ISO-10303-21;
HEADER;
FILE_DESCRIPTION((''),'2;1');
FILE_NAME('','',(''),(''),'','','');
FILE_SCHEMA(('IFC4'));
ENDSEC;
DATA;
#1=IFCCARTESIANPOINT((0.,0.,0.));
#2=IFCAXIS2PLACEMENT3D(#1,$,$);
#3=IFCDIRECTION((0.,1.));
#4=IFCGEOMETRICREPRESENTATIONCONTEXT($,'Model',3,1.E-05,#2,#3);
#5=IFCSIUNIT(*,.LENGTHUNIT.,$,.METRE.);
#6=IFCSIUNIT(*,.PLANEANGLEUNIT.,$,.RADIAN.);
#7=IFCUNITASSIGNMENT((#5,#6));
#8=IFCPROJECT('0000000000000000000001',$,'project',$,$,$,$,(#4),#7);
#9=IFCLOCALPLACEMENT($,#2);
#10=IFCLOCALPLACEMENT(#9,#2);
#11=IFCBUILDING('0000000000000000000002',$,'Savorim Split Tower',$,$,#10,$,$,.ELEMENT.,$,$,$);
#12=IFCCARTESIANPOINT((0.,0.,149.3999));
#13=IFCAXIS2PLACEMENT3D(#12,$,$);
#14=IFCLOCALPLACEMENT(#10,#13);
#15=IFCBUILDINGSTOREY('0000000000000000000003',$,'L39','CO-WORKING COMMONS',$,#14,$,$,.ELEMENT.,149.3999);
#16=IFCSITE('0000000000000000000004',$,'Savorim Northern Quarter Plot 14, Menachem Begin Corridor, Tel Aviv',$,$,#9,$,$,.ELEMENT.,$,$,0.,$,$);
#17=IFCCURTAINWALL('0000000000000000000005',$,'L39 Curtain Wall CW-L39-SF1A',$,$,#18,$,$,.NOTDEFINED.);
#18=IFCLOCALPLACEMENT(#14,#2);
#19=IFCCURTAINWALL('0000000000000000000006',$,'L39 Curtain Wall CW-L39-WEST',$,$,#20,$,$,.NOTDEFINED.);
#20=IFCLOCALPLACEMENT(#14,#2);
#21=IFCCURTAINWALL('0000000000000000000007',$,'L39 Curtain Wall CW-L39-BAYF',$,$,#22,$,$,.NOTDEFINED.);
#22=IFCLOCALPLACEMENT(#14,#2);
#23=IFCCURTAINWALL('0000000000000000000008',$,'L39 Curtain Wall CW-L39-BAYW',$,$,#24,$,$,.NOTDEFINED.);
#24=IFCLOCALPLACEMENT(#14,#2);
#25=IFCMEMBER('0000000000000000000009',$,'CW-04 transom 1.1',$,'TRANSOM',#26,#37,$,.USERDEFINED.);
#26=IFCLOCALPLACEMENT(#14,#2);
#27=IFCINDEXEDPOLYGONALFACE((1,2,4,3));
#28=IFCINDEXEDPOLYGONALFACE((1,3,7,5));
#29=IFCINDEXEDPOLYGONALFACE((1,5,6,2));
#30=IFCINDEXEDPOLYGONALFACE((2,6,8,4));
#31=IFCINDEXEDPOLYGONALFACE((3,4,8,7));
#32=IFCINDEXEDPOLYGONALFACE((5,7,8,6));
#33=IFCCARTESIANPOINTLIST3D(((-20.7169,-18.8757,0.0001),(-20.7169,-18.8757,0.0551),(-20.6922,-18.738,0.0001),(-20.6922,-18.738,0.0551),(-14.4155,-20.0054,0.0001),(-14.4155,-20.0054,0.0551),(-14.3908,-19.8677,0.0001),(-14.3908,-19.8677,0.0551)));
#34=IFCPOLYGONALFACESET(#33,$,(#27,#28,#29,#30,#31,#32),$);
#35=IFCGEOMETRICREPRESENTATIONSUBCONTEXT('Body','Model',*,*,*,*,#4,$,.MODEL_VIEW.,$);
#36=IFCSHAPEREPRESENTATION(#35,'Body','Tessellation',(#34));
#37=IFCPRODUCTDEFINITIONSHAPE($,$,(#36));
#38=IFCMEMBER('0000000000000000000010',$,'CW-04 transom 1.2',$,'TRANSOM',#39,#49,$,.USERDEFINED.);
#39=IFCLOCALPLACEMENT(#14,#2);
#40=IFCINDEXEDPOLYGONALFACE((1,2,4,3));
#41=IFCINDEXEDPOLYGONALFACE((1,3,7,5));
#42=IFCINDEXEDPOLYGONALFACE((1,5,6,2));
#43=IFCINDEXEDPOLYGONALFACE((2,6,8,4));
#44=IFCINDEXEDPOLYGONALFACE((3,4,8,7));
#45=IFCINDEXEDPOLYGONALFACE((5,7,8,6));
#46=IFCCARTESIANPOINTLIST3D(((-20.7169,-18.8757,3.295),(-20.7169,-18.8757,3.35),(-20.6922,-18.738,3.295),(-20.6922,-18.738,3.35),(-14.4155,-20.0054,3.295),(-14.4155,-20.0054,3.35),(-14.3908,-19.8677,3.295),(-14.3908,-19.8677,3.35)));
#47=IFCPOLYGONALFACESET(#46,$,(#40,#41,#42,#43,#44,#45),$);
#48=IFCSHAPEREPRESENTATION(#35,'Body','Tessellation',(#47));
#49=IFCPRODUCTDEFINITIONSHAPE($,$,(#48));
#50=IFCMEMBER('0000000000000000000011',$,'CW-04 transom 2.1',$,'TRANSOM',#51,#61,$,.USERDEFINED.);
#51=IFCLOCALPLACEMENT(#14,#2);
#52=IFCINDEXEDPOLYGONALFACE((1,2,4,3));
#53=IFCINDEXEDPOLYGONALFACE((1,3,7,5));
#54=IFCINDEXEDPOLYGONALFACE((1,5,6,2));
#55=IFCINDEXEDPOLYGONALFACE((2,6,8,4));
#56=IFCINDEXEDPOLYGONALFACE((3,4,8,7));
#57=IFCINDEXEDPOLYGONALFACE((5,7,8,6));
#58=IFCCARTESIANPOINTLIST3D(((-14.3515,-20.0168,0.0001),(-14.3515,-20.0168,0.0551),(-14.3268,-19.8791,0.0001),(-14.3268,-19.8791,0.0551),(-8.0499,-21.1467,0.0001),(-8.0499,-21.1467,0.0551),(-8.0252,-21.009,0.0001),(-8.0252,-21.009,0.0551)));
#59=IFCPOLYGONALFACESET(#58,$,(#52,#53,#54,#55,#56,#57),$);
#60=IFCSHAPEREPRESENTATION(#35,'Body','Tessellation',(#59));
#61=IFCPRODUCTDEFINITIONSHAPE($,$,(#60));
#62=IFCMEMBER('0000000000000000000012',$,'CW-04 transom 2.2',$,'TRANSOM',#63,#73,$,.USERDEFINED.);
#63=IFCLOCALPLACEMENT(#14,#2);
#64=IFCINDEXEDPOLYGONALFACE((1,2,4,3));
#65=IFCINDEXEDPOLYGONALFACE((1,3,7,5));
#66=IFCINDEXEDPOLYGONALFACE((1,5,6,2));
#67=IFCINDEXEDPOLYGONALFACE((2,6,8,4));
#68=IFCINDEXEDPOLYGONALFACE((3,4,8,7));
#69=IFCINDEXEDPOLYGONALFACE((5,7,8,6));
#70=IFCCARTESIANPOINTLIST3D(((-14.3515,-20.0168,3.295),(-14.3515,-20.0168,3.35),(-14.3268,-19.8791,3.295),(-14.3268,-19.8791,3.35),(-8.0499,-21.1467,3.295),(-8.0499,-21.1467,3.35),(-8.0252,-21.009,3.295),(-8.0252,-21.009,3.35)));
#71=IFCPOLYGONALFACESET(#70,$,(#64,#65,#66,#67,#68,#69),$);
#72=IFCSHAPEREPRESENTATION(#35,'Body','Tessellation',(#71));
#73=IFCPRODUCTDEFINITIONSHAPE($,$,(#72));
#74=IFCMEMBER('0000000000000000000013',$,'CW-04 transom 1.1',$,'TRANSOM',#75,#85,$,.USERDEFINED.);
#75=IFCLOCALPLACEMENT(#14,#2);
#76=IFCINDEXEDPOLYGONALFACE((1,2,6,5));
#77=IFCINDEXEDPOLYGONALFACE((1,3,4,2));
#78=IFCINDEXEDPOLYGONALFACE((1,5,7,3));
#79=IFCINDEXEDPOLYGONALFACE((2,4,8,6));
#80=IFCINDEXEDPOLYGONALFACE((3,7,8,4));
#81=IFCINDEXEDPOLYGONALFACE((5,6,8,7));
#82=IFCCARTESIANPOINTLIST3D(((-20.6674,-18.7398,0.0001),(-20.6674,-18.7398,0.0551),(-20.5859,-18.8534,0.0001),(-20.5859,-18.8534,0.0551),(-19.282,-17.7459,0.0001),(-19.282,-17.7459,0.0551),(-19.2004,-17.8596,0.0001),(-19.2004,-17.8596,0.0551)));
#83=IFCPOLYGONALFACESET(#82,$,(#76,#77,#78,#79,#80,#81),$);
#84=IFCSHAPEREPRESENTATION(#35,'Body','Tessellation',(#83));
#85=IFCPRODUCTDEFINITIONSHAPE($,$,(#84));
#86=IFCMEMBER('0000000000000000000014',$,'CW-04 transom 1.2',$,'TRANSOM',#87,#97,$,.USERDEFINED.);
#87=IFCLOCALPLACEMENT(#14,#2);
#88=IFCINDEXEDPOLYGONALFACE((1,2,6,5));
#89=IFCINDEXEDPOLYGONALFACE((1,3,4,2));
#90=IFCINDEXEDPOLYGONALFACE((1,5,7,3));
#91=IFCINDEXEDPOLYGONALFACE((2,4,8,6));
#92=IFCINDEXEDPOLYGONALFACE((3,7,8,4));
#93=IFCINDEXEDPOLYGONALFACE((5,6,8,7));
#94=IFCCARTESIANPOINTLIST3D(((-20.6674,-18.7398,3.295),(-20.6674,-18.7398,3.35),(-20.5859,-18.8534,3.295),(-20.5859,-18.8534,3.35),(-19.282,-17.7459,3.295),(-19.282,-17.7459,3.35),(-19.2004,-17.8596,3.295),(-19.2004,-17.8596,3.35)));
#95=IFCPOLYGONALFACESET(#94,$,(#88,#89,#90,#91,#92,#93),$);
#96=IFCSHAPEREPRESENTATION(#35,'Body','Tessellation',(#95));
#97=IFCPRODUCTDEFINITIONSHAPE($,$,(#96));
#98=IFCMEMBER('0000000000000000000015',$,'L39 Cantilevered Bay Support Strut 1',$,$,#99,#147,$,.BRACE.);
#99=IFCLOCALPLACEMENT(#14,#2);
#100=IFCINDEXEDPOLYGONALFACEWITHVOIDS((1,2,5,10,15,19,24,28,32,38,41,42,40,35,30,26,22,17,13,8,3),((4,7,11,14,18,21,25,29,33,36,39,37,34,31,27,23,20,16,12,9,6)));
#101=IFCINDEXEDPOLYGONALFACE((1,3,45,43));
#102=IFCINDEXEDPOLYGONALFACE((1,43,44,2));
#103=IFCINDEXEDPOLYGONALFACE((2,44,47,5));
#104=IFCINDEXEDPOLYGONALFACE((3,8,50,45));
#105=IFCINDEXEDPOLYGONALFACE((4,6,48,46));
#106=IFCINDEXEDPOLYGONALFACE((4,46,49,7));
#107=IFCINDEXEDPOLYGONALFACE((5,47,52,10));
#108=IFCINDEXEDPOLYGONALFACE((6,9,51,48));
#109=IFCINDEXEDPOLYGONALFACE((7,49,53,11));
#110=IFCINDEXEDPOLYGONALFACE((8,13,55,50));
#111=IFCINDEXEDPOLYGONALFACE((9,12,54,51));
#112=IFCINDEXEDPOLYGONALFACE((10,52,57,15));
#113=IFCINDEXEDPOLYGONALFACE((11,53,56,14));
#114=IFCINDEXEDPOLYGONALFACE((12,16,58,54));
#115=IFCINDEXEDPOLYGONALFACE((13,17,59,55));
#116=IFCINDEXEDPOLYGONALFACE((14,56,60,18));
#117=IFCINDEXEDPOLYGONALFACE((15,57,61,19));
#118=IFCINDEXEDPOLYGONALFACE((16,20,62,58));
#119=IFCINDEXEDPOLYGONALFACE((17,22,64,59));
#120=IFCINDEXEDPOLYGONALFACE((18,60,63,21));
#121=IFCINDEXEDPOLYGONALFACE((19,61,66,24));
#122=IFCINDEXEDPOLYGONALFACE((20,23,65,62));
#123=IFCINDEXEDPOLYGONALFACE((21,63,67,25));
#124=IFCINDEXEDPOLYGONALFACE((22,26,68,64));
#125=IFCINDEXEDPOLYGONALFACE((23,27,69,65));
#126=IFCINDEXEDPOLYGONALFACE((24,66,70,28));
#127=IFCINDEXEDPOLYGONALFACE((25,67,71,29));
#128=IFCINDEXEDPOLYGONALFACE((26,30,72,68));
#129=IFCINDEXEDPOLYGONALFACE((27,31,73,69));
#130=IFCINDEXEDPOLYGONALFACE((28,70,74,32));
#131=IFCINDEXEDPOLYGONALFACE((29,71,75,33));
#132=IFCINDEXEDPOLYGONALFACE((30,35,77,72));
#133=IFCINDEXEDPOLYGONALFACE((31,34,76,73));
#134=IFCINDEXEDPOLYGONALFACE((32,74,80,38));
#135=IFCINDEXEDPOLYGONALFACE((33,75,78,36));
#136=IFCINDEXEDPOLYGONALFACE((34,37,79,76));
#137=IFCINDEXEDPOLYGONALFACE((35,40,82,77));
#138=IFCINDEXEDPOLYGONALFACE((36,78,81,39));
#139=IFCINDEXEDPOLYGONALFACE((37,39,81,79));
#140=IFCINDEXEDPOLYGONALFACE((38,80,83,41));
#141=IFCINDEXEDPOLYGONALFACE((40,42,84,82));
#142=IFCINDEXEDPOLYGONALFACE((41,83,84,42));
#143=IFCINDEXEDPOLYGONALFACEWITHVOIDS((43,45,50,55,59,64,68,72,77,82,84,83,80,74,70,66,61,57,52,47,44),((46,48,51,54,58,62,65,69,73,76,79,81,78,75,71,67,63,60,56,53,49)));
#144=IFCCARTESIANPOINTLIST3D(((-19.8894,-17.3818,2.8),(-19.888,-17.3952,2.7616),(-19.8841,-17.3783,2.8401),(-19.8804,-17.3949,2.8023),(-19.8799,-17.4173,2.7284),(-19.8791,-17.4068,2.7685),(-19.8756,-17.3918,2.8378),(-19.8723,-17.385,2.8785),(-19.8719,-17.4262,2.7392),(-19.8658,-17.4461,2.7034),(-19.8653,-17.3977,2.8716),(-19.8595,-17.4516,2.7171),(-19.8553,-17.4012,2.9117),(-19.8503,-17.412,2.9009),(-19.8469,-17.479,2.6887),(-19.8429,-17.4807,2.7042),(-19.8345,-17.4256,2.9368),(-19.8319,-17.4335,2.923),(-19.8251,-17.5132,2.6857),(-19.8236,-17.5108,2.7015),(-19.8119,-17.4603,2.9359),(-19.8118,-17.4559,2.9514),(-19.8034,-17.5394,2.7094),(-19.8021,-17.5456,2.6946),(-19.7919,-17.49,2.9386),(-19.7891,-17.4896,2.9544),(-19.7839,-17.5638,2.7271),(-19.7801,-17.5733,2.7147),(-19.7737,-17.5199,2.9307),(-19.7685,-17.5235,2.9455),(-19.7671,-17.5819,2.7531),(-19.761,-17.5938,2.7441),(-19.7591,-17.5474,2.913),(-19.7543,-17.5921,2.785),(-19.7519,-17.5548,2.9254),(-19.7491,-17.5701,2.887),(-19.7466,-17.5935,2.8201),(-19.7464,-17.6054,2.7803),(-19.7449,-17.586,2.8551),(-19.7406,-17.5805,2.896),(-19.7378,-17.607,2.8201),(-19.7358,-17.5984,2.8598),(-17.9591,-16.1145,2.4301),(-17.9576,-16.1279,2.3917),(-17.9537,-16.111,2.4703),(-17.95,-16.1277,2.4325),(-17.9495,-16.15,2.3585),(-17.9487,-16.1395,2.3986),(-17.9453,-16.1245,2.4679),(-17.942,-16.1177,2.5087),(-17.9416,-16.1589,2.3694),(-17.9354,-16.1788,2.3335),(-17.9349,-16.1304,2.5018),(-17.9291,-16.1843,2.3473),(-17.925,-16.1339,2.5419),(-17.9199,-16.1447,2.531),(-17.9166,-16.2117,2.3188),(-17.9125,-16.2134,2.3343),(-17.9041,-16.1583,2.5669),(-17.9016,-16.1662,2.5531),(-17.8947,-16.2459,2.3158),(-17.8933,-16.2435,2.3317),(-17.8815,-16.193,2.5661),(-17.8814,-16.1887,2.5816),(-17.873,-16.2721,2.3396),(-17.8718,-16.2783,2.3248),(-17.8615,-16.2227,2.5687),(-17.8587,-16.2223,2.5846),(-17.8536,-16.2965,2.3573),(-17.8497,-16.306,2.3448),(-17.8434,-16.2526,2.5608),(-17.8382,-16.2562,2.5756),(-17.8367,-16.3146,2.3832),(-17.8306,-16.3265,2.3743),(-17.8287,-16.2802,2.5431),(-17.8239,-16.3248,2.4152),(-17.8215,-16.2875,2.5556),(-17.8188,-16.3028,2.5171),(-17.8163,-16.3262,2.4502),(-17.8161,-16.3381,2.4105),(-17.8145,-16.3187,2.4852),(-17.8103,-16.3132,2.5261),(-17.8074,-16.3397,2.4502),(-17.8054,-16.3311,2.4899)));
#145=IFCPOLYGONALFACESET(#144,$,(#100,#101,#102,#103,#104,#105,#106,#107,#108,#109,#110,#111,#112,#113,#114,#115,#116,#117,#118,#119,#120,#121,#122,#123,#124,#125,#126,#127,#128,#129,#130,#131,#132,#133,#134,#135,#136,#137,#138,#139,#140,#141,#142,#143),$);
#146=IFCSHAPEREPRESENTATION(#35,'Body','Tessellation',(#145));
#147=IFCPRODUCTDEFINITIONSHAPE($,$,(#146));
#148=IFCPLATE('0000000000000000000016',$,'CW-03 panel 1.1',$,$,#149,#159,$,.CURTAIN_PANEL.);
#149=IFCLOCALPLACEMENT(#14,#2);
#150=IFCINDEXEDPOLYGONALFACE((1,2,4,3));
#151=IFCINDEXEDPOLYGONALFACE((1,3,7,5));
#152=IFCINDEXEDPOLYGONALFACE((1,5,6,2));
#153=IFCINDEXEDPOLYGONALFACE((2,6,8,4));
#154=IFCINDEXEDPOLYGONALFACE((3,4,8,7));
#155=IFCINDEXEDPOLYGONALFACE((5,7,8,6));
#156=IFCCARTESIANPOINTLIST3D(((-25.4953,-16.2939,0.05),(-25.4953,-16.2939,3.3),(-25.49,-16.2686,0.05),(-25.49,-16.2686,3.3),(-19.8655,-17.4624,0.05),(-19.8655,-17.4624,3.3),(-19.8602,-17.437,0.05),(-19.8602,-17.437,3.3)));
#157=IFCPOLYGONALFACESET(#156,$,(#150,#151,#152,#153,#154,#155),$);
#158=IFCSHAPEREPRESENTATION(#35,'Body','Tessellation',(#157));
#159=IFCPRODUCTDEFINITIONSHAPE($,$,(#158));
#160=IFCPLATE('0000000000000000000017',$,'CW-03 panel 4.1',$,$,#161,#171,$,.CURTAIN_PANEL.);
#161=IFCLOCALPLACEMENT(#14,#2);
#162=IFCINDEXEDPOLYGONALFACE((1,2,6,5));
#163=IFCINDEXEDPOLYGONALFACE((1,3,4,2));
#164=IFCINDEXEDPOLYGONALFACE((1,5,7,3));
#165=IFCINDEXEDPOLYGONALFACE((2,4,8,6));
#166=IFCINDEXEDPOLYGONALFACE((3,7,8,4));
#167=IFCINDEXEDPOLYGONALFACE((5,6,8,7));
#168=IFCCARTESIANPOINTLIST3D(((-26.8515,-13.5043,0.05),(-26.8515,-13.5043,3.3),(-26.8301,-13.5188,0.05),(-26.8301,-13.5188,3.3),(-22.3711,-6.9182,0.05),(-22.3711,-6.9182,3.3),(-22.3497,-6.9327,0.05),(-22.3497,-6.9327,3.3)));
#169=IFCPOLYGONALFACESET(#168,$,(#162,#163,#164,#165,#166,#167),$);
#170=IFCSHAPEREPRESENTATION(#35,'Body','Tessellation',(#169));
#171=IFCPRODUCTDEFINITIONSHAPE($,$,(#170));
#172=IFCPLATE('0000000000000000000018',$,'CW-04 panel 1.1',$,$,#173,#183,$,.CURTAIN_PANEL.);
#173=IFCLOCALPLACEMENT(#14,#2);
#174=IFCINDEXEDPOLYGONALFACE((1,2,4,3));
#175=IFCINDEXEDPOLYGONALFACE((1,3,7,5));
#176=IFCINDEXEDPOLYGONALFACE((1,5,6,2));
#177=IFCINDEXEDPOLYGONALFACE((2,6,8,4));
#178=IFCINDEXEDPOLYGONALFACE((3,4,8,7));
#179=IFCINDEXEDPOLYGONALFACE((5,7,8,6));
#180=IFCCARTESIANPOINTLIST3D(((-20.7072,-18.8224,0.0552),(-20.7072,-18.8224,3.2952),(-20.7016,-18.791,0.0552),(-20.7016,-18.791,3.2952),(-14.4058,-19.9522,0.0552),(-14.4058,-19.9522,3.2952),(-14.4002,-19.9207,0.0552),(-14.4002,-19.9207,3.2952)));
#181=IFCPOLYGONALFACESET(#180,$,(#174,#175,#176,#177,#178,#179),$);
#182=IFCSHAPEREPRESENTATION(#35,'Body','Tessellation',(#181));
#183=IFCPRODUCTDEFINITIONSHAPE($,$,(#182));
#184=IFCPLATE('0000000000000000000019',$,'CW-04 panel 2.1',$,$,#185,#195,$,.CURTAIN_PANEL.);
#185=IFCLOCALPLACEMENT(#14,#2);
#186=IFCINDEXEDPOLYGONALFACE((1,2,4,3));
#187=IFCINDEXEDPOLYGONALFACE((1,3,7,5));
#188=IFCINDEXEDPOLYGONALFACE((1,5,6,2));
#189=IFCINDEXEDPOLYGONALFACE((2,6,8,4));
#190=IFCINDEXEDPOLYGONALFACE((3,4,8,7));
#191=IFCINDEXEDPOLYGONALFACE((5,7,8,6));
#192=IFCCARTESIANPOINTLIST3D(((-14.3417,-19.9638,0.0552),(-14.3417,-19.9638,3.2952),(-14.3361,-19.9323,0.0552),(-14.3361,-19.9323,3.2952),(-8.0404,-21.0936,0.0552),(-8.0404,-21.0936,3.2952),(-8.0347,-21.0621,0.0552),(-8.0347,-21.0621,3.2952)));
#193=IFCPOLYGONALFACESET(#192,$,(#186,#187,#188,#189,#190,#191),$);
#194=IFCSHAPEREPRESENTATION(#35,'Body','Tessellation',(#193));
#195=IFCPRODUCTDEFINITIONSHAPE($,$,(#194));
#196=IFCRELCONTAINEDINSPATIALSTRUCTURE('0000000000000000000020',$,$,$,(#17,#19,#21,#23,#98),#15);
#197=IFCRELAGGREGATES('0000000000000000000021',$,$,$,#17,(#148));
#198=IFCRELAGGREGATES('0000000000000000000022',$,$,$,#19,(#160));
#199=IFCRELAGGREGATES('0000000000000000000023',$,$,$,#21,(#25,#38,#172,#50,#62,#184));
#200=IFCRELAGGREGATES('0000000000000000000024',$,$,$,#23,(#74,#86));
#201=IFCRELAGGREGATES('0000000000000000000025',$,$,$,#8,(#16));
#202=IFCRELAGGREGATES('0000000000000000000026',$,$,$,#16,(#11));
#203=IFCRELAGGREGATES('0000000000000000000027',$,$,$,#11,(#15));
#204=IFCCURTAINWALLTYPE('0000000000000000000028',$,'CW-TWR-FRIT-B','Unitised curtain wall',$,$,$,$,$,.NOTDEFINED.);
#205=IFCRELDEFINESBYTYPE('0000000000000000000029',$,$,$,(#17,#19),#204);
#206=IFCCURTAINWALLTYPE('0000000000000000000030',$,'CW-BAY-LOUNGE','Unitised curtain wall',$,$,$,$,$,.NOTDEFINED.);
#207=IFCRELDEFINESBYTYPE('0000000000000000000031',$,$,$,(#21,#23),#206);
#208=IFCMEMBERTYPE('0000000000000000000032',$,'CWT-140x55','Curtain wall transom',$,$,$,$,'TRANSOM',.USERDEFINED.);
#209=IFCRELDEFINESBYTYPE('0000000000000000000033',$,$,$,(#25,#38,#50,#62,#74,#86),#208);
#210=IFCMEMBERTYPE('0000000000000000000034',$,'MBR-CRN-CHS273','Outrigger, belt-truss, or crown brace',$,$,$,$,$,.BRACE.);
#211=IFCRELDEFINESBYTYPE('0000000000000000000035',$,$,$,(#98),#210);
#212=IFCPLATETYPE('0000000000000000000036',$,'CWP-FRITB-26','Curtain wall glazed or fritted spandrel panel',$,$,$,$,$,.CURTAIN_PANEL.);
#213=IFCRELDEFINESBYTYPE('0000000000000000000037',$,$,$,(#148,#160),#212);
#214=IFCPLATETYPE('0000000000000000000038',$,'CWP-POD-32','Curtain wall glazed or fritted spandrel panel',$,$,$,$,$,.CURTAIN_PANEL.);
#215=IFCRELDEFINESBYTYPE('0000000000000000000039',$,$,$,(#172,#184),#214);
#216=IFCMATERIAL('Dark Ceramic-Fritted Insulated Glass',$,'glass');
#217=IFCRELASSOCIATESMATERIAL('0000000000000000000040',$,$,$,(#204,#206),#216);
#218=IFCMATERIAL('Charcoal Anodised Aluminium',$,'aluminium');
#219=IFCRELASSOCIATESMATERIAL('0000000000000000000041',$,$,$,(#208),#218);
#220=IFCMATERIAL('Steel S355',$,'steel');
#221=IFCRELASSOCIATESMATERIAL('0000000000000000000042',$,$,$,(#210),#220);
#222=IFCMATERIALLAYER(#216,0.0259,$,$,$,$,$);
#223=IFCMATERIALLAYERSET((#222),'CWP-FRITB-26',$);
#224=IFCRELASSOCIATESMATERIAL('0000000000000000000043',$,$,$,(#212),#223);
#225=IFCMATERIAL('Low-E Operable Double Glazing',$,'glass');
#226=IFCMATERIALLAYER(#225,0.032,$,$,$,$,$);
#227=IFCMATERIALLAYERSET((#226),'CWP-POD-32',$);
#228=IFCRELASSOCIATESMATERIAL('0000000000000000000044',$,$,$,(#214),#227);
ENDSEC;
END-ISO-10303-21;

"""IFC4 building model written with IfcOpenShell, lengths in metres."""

from ifc_helpers import new_model, si_unit, direction, frame, origin, origin_2d, place, context, subcontext, project, spatial, rectangle, hollow_circle, extrude, material, layer, layer_set, material_profile, profile_set, type_object, element, aggregate, save


model = new_model("IFC4")

# Units and contexts
model_context = context("Model", 3, precision=1e-05, world=origin(), true_north=direction((0.0, 1.0)))
body_context = subcontext(model_context, "Body", "Model", "MODEL_VIEW")
ifc_project = project(units=[si_unit("LENGTHUNIT", "METRE"), si_unit("PLANEANGLEUNIT", "RADIAN")], contexts=[model_context])

# Site, building, storey
site_placement = place(None, origin())
site = spatial("IfcSite", under=ifc_project, at=site_placement, Name="Savorim Northern Quarter Plot 14, Menachem Begin Corridor, Tel Aviv", CompositionType="ELEMENT", RefElevation=0.0)
building_placement = place(site_placement, origin())
building = spatial("IfcBuilding", under=site, at=building_placement, Name="Savorim Split Tower", CompositionType="ELEMENT")
storey_placement = place(building_placement, frame((0.0, 0.0, 149.3999)))
storey = spatial("IfcBuildingStorey", under=building, at=storey_placement, Name="L39", Description="CO-WORKING COMMONS", CompositionType="ELEMENT", Elevation=149.3999)

# Shared definitions
ifc_material_1 = material(Name="Steel S355", Category="steel")

# Curtain wall
ifc_material_2 = material(Name="Dark Ceramic-Fritted Insulated Glass", Category="glass")
curtain_wall_type_1 = type_object("IfcCurtainWallType", Name="CW-TWR-FRIT-B", Description="Unitised curtain wall", PredefinedType="NOTDEFINED", material=ifc_material_2)
curtain_wall_1_placement = place(storey_placement, origin())
curtain_wall_1 = element("IfcCurtainWall", 1, at=curtain_wall_1_placement, inside=storey, type_object=curtain_wall_type_1, Name="L39 Curtain Wall CW-L39-SF1A", PredefinedType="NOTDEFINED")
ifc_material_3 = material(Name="Charcoal Anodised Aluminium", Category="aluminium")

# Curtain wall
curtain_wall_2_placement = place(storey_placement, origin())
curtain_wall_2 = element("IfcCurtainWall", 2, at=curtain_wall_2_placement, inside=storey, type_object=curtain_wall_type_1, Name="L39 Curtain Wall CW-L39-WEST", PredefinedType="NOTDEFINED")

# Curtain walls
curtain_wall_type_2 = type_object("IfcCurtainWallType", Name="CW-BAY-LOUNGE", Description="Unitised curtain wall", PredefinedType="NOTDEFINED", material=ifc_material_2)
curtain_wall_3_placement = place(storey_placement, origin())
curtain_wall_3 = element("IfcCurtainWall", 3, at=curtain_wall_3_placement, inside=storey, type_object=curtain_wall_type_2, Name="L39 Curtain Wall CW-L39-BAYF", PredefinedType="NOTDEFINED")
curtain_wall_4_placement = place(storey_placement, origin())
curtain_wall_4 = element("IfcCurtainWall", 4, at=curtain_wall_4_placement, inside=storey, type_object=curtain_wall_type_2, Name="L39 Curtain Wall CW-L39-BAYW", PredefinedType="NOTDEFINED")

# Members
ifc_material_profile_1 = material_profile(ifc_material_3, rectangle(XDim=0.1399, YDim=0.0549, at=origin_2d()), Name="ALU-T 140x55")
ifc_profile_set_1 = profile_set([ifc_material_profile_1], Name="Charcoal Anodised Aluminium")
member_type_1 = type_object("IfcMemberType", Name="CWT-140x55", Description="Curtain wall transom", ElementType="TRANSOM", PredefinedType="USERDEFINED", material=ifc_profile_set_1)
member_1_placement = place(storey_placement, frame((-20.7046, -18.8069, 0.0276), z_axis=(0.984309, -0.176452, 0.0), x_axis=(0.176452, 0.984309, 0.0)))
member_1 = element("IfcMember", 5, at=member_1_placement, type_object=member_type_1, Name="CW-04 transom 1.1", ObjectType="TRANSOM", PredefinedType="USERDEFINED", context=body_context, shape_type="SweptSolid", body=[
    extrude(rectangle(XDim=0.1399, YDim=0.0549, at=origin_2d()), origin(), (0.0, 0.0, 1.0), 6.4019),
])
member_2_placement = place(storey_placement, frame((-20.7046, -18.8069, 3.3225), z_axis=(0.984309, -0.176452, 0.0), x_axis=(0.176452, 0.984309, 0.0)))
member_2 = element("IfcMember", 6, at=member_2_placement, type_object=member_type_1, Name="CW-04 transom 1.2", ObjectType="TRANSOM", PredefinedType="USERDEFINED", context=body_context, shape_type="SweptSolid", body=[
    extrude(rectangle(XDim=0.1399, YDim=0.0549, at=origin_2d()), origin(), (0.0, 0.0, 1.0), 6.4019),
])
member_3_placement = place(storey_placement, frame((-14.3391, -19.948, 0.0276), z_axis=(0.984303, -0.176489, 0.0), x_axis=(0.176489, 0.984303, 0.0)))
member_3 = element("IfcMember", 7, at=member_3_placement, type_object=member_type_1, Name="CW-04 transom 2.1", ObjectType="TRANSOM", PredefinedType="USERDEFINED", context=body_context, shape_type="SweptSolid", body=[
    extrude(rectangle(XDim=0.1399, YDim=0.0549, at=origin_2d()), origin(), (0.0, 0.0, 1.0), 6.4021),
])
member_4_placement = place(storey_placement, frame((-14.3391, -19.948, 3.3225), z_axis=(0.984303, -0.176489, 0.0), x_axis=(0.176489, 0.984303, 0.0)))
member_4 = element("IfcMember", 8, at=member_4_placement, type_object=member_type_1, Name="CW-04 transom 2.2", ObjectType="TRANSOM", PredefinedType="USERDEFINED", context=body_context, shape_type="SweptSolid", body=[
    extrude(rectangle(XDim=0.1399, YDim=0.0549, at=origin_2d()), origin(), (0.0, 0.0, 1.0), 6.4021),
])
member_5_placement = place(storey_placement, frame((-19.2412, -17.8027, 0.0276), z_axis=(-0.812552, -0.582889, 0.0), x_axis=(0.582889, -0.812552, 0.0)))
member_5 = element("IfcMember", 9, at=member_5_placement, type_object=member_type_1, Name="CW-04 transom 1.1", ObjectType="TRANSOM", PredefinedType="USERDEFINED", context=body_context, shape_type="SweptSolid", body=[
    extrude(rectangle(XDim=0.1399, YDim=0.0549, at=origin_2d()), origin(), (0.0, 0.0, 1.0), 1.7051),
])
member_6_placement = place(storey_placement, frame((-19.2412, -17.8027, 3.3225), z_axis=(-0.812552, -0.582889, 0.0), x_axis=(0.582889, -0.812552, 0.0)))
member_6 = element("IfcMember", 10, at=member_6_placement, type_object=member_type_1, Name="CW-04 transom 1.2", ObjectType="TRANSOM", PredefinedType="USERDEFINED", context=body_context, shape_type="SweptSolid", body=[
    extrude(rectangle(XDim=0.1399, YDim=0.0549, at=origin_2d()), origin(), (0.0, 0.0, 1.0), 1.7051),
])
ifc_material_profile_2 = material_profile(ifc_material_1, hollow_circle(Radius=0.1365, WallThickness=0.0161, at=origin_2d()), Name="CHS 273x16")
ifc_profile_set_2 = profile_set([ifc_material_profile_2], Name="Steel S355")
member_type_2 = type_object("IfcMemberType", Name="MBR-CRN-CHS273", Description="Outrigger, belt-truss, or crown brace", PredefinedType="BRACE", material=ifc_profile_set_2)
member_7_placement = place(storey_placement, frame((-17.8823, -16.2256, 2.4502), z_axis=(-0.825429, -0.5419, 0.158154), x_axis=(0.548807, -0.835949, 0.0)))
element("IfcMember", 11, at=member_7_placement, inside=storey, type_object=member_type_2, Name="L39 Cantilevered Bay Support Strut 1", PredefinedType="BRACE", context=body_context, shape_type="SweptSolid", body=[
    extrude(hollow_circle(Radius=0.1365, WallThickness=0.0161, at=origin_2d()), origin(), (0.0, 0.0, 1.0), 2.3386),
])

# Plates
ifc_layer_1 = layer(ifc_material_2, 0.0259)
ifc_layer_set_1 = layer_set([ifc_layer_1], Name="CWP-FRITB-26")
plate_type_1 = type_object("IfcPlateType", Name="CWP-FRITB-26", Description="Curtain wall glazed or fritted spandrel panel", PredefinedType="CURTAIN_PANEL", material=ifc_layer_set_1)
plate_1_placement = place(storey_placement, frame((-22.6777, -16.8655, 0.05), z_axis=(0.0, 0.0, 1.0), x_axis=(0.979134, -0.203214, 0.0)))
plate_1 = element("IfcPlate", 12, at=plate_1_placement, type_object=plate_type_1, Name="CW-03 panel 1.1", PredefinedType="CURTAIN_PANEL", context=body_context, shape_type="SweptSolid", body=[
    extrude(rectangle(XDim=5.7498, YDim=0.0259, at=origin_2d()), origin(), (0.0, 0.0, 1.0), 3.25),
])
aggregate(curtain_wall_1, [plate_1])
plate_2_placement = place(storey_placement, frame((-24.6006, -10.2185, 0.05), z_axis=(0.0, 0.0, 1.0), x_axis=(-0.562466, -0.82682, 0.0)))
plate_2 = element("IfcPlate", 13, at=plate_2_placement, type_object=plate_type_1, Name="CW-03 panel 4.1", PredefinedType="CURTAIN_PANEL", context=body_context, shape_type="SweptSolid", body=[
    extrude(rectangle(XDim=7.9656, YDim=0.0259, at=origin_2d()), origin(), (0.0, 0.0, 1.0), 3.25),
])
aggregate(curtain_wall_2, [plate_2])
ifc_material_4 = material(Name="Low-E Operable Double Glazing", Category="glass")
ifc_layer_2 = layer(ifc_material_4, 0.032)
ifc_layer_set_2 = layer_set([ifc_layer_2], Name="CWP-POD-32")
plate_type_2 = type_object("IfcPlateType", Name="CWP-POD-32", Description="Curtain wall glazed or fritted spandrel panel", PredefinedType="CURTAIN_PANEL", material=ifc_layer_set_2)
plate_3_placement = place(storey_placement, frame((-17.5537, -19.3716, 0.0552), z_axis=(0.0, 0.0, 1.0), x_axis=(0.984305, -0.176476, 0.0)))
plate_3 = element("IfcPlate", 14, at=plate_3_placement, type_object=plate_type_2, Name="CW-04 panel 1.1", PredefinedType="CURTAIN_PANEL", context=body_context, shape_type="SweptSolid", body=[
    extrude(rectangle(XDim=6.4019, YDim=0.032, at=origin_2d()), origin(), (0.0, 0.0, 1.0), 3.24),
])
plate_4_placement = place(storey_placement, frame((-11.1882, -20.5129, 0.0552), z_axis=(0.0, 0.0, 1.0), x_axis=(0.984305, -0.176476, 0.0)))
plate_4 = element("IfcPlate", 15, at=plate_4_placement, type_object=plate_type_2, Name="CW-04 panel 2.1", PredefinedType="CURTAIN_PANEL", context=body_context, shape_type="SweptSolid", body=[
    extrude(rectangle(XDim=6.4019, YDim=0.032, at=origin_2d()), origin(), (0.0, 0.0, 1.0), 3.24),
])
aggregate(curtain_wall_3, [member_1, member_2, plate_3, member_3, member_4, plate_4])
aggregate(curtain_wall_4, [member_5, member_6])

save(model, "model.ifc")
